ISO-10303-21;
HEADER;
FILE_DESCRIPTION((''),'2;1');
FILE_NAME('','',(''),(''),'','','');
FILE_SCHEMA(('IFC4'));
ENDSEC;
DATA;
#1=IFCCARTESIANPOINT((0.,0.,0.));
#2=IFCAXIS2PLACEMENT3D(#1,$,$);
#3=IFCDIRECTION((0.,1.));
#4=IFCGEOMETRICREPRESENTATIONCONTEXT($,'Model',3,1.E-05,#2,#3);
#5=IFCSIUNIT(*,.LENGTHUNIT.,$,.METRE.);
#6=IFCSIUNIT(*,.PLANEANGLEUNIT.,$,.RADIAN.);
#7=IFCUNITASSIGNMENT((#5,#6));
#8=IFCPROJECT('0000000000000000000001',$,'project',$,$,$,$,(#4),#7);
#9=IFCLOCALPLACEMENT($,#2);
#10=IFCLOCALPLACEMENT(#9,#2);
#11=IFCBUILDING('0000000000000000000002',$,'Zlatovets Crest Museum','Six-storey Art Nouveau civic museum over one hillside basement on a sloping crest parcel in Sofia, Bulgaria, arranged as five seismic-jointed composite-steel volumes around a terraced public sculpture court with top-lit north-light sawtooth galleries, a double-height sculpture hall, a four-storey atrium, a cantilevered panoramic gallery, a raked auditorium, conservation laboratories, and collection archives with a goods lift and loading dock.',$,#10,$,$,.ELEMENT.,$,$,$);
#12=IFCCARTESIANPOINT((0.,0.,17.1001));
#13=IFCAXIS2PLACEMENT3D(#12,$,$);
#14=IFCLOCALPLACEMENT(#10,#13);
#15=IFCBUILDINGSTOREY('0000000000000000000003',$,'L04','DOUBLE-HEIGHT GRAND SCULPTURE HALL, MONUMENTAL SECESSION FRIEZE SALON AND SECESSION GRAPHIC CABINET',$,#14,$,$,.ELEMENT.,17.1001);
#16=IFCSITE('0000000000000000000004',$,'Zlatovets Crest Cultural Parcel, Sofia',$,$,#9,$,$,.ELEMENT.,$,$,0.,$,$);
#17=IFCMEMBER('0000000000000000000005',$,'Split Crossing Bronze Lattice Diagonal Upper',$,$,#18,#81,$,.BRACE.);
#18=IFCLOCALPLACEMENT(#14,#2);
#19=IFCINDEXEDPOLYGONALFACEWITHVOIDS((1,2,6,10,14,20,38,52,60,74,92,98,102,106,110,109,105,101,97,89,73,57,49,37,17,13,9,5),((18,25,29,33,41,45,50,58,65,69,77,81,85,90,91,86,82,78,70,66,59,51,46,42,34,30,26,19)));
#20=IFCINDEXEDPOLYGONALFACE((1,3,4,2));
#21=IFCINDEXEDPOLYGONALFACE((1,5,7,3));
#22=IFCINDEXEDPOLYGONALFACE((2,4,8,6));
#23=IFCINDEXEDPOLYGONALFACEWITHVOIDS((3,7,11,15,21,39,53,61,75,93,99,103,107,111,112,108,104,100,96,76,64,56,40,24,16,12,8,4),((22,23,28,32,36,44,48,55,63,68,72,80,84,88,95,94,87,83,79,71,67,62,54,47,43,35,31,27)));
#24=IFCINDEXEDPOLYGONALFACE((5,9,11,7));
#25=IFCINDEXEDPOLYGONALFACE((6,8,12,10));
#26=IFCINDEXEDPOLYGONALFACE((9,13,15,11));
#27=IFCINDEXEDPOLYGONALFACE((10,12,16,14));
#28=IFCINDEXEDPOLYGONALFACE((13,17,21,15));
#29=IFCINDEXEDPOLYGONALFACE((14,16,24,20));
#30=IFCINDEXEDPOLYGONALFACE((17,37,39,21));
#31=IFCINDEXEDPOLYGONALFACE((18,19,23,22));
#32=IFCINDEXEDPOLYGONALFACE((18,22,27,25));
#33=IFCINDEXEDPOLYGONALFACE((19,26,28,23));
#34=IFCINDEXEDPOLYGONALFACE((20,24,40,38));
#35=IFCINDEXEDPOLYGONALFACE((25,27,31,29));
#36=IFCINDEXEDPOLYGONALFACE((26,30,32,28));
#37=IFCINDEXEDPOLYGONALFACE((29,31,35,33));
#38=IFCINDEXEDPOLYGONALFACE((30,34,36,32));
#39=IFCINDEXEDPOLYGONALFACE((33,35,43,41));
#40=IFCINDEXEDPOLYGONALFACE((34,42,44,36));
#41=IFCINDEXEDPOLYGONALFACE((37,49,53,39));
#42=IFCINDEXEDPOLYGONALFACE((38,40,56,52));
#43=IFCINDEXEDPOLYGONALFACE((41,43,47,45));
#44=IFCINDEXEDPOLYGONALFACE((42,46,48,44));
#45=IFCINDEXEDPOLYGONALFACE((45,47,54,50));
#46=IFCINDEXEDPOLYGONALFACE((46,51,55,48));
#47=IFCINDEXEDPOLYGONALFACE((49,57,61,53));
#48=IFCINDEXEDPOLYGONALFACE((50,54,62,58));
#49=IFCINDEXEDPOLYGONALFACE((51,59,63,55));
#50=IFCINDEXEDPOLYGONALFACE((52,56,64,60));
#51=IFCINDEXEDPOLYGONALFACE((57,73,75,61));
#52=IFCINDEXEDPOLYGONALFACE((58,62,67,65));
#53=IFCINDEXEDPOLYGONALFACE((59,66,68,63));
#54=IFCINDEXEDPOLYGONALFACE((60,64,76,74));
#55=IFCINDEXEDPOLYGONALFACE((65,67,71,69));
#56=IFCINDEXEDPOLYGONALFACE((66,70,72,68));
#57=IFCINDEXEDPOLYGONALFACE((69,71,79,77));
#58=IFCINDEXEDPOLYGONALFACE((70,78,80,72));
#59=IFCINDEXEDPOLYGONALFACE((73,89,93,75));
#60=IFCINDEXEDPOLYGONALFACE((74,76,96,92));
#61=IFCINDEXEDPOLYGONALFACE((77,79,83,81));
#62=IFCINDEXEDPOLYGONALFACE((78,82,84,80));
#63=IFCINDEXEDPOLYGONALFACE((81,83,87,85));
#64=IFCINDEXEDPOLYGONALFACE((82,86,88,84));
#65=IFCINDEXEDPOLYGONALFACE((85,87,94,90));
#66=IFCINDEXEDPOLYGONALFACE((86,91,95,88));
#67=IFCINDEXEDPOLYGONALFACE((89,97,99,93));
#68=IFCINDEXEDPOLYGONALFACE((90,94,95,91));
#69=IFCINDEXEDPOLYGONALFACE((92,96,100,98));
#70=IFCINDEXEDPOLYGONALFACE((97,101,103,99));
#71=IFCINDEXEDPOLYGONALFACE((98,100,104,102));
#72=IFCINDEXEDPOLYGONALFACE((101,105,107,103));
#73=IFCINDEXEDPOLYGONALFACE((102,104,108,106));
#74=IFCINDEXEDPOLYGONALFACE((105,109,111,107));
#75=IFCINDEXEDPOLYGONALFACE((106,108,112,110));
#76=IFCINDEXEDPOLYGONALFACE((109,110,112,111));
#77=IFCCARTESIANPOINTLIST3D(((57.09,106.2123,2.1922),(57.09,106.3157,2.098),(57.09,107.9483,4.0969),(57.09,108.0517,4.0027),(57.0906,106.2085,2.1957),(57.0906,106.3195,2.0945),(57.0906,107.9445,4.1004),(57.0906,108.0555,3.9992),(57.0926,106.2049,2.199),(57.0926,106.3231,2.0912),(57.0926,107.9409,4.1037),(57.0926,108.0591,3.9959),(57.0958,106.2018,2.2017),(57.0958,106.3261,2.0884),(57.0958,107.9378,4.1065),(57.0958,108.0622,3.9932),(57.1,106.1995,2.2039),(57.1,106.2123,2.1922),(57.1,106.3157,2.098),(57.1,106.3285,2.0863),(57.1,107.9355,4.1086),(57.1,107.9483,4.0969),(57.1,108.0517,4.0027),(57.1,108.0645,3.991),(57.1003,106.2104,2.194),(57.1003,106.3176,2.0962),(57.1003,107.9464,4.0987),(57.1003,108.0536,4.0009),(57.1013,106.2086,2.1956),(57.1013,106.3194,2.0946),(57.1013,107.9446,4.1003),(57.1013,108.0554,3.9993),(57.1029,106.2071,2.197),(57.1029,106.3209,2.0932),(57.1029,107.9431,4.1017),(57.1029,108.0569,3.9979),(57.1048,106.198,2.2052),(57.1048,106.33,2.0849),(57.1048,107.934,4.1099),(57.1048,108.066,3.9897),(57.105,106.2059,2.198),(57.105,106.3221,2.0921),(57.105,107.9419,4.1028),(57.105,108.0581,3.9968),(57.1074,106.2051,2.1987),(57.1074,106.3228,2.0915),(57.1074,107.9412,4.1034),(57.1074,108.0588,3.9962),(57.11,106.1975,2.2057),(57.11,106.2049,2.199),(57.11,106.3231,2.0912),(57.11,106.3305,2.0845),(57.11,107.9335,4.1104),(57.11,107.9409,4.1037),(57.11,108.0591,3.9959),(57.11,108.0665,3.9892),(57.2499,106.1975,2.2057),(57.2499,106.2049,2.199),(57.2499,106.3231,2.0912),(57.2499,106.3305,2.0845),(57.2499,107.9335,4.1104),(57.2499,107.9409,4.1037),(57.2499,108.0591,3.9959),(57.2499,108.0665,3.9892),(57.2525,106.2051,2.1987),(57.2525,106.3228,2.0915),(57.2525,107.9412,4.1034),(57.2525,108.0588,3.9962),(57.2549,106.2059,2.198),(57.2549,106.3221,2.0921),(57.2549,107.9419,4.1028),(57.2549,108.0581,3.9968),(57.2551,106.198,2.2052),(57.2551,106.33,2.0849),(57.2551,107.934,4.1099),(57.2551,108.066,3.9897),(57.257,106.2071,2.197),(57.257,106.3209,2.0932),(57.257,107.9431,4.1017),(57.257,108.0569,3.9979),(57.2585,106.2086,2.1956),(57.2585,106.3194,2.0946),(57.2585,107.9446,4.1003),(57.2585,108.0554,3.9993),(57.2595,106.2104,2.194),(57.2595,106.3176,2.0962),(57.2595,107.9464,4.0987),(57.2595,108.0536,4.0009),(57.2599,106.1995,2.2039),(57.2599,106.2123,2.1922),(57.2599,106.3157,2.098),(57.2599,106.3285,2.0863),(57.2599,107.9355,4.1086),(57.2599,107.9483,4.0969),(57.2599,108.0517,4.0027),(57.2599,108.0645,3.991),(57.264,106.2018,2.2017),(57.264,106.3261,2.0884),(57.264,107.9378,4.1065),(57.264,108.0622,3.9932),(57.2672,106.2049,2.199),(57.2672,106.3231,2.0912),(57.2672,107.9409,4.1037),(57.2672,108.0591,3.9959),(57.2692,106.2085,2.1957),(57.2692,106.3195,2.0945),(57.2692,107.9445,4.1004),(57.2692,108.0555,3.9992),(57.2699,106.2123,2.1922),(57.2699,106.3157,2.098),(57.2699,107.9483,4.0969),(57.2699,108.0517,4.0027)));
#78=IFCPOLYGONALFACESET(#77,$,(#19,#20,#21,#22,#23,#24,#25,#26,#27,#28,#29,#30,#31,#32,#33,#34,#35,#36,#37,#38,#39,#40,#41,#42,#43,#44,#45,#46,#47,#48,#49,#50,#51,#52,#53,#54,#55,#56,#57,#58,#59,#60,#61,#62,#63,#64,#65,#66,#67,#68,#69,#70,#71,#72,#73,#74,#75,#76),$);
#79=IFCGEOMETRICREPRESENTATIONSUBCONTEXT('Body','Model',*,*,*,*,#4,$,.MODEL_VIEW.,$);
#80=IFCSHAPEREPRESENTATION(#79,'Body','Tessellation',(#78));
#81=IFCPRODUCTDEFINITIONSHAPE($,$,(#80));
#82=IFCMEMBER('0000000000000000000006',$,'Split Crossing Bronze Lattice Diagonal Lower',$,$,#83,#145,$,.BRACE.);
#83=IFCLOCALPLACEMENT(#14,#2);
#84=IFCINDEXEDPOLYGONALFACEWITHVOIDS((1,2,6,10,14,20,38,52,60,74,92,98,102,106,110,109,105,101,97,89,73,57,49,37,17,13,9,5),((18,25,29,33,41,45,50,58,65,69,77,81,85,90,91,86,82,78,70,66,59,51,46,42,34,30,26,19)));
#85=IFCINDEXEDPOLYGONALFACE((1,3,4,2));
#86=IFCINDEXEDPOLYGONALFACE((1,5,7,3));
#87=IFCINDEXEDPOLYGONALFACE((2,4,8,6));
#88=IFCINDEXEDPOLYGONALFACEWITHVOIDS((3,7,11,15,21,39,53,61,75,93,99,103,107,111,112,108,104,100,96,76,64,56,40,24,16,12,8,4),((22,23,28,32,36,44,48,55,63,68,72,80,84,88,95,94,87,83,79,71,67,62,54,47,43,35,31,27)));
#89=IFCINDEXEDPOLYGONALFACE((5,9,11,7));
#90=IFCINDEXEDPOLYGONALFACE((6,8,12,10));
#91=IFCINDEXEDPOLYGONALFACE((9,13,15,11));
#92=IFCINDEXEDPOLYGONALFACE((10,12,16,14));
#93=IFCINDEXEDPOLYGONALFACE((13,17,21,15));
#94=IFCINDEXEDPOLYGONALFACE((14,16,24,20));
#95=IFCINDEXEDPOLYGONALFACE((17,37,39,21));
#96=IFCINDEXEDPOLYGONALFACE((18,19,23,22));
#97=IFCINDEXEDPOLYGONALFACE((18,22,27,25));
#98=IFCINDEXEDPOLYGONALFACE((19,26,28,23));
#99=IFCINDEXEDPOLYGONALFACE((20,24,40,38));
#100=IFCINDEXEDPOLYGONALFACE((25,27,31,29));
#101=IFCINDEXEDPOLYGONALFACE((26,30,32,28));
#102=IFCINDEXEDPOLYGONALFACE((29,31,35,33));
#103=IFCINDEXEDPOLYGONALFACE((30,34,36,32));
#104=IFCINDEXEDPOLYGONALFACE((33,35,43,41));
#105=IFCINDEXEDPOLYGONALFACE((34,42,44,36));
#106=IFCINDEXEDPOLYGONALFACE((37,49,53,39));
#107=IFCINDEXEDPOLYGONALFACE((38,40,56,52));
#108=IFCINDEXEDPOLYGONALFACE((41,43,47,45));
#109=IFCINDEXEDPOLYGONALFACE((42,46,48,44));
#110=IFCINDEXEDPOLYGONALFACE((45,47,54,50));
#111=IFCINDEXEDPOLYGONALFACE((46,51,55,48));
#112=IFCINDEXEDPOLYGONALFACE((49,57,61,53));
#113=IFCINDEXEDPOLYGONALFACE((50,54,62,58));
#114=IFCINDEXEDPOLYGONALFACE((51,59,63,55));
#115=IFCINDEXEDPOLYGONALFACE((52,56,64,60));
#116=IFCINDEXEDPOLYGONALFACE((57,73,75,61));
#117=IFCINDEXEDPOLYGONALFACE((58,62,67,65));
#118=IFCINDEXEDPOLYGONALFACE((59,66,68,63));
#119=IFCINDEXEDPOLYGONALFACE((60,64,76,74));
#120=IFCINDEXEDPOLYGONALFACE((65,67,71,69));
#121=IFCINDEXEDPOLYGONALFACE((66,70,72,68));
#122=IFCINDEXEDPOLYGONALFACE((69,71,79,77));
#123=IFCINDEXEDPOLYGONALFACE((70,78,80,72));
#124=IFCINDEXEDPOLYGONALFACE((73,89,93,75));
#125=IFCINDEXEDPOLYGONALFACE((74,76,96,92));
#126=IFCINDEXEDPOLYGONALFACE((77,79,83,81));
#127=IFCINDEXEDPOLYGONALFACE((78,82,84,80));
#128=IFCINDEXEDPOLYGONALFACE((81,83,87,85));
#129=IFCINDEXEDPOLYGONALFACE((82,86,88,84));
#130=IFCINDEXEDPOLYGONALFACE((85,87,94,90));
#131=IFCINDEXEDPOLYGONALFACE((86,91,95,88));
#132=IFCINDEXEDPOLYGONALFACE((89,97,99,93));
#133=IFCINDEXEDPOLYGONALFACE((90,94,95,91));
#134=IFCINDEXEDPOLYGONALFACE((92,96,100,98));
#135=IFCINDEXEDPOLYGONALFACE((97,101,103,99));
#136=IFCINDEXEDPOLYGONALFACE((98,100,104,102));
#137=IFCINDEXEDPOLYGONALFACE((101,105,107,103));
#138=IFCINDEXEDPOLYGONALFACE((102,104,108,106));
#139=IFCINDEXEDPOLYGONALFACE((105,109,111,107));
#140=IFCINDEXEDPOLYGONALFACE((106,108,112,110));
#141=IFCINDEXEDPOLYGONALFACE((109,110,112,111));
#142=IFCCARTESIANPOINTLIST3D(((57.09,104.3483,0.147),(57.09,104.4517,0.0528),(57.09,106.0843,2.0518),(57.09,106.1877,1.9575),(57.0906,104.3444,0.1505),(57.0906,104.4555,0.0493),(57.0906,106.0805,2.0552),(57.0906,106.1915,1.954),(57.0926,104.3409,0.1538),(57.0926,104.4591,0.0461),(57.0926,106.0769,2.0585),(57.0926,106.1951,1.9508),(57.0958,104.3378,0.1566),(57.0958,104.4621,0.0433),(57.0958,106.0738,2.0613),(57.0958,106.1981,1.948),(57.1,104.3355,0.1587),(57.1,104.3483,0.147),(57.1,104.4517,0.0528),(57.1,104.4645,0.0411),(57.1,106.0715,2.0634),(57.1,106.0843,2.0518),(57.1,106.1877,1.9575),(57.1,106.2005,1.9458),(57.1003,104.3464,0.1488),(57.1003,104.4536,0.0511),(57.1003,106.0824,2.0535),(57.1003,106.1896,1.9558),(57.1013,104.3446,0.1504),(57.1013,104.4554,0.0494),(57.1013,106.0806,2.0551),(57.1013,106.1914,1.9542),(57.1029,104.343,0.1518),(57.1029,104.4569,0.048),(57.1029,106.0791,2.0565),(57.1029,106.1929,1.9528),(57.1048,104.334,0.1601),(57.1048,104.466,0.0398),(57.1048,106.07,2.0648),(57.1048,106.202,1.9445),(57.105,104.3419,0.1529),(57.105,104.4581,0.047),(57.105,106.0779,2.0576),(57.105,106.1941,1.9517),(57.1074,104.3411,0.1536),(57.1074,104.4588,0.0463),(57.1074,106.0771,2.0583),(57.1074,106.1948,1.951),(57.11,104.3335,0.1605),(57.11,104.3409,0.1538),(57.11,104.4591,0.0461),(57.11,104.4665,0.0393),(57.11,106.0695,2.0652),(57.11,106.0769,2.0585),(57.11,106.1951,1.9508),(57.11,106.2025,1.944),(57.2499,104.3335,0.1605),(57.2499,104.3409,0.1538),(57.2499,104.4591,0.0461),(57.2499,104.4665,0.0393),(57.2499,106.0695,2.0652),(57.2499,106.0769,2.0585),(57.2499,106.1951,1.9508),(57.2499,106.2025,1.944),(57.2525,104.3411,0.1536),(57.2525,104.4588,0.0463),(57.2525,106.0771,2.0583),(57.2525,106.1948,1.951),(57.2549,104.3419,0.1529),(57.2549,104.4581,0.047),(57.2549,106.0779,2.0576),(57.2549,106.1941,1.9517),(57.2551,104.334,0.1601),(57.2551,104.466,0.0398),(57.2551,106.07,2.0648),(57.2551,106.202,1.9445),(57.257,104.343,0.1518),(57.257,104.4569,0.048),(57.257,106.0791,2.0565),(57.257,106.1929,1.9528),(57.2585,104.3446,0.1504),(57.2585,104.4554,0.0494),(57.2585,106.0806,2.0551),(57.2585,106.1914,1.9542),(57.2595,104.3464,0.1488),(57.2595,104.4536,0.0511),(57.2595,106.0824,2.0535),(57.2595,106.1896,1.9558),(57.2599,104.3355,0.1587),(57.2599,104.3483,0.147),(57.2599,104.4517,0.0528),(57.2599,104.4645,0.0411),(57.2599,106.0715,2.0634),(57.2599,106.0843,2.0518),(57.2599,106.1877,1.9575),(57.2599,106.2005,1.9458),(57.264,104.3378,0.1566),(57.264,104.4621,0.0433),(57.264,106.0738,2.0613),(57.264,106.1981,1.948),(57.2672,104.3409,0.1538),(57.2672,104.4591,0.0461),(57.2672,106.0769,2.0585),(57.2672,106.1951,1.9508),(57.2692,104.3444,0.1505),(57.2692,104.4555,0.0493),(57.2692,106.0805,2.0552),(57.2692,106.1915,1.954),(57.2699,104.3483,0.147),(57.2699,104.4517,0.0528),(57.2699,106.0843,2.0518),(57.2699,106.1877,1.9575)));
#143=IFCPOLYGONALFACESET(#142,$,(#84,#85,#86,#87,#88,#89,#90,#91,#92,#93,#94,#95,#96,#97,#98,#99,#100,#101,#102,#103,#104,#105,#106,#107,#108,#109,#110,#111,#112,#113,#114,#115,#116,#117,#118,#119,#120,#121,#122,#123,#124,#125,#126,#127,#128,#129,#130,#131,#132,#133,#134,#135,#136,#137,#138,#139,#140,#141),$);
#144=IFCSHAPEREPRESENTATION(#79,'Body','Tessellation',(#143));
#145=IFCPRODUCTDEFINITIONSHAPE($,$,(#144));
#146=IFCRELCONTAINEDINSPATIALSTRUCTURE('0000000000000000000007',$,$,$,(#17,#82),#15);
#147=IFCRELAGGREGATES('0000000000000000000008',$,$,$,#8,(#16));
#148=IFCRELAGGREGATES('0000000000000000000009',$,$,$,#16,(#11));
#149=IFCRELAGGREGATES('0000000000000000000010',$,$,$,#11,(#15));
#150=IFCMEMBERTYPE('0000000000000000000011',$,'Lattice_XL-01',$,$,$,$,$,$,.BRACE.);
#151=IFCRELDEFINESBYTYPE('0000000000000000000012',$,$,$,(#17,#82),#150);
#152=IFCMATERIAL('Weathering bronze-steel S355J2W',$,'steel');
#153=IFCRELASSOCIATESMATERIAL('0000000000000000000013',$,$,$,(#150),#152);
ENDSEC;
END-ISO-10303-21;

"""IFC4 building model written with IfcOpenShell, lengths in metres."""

from ifc_helpers import new_model, si_unit, direction, frame, origin, origin_2d, place, context, subcontext, project, spatial, hollow_rectangle, extrude, material, material_profile, profile_set, type_object, element, save


model = new_model("IFC4")

# Units and contexts
model_context = context("Model", 3, precision=1e-05, world=origin(), true_north=direction((0.0, 1.0)))
body_context = subcontext(model_context, "Body", "Model", "MODEL_VIEW")
ifc_project = project(units=[si_unit("LENGTHUNIT", "METRE"), si_unit("PLANEANGLEUNIT", "RADIAN")], contexts=[model_context])

# Site, building, storey
site_placement = place(None, origin())
site = spatial("IfcSite", under=ifc_project, at=site_placement, Name="Zlatovets Crest Cultural Parcel, Sofia", CompositionType="ELEMENT", RefElevation=0.0)
building_placement = place(site_placement, origin())
building = spatial("IfcBuilding", under=site, at=building_placement, Name="Zlatovets Crest Museum", Description="Six-storey Art Nouveau civic museum over one hillside basement on a sloping crest parcel in Sofia, Bulgaria, arranged as five seismic-jointed composite-steel volumes around a terraced public sculpture court with top-lit north-light sawtooth galleries, a double-height sculpture hall, a four-storey atrium, a cantilevered panoramic gallery, a raked auditorium, conservation laboratories, and collection archives with a goods lift and loading dock.", CompositionType="ELEMENT")
storey_placement = place(building_placement, frame((0.0, 0.0, 17.1001)))
storey = spatial("IfcBuildingStorey", under=building, at=storey_placement, Name="L04", Description="DOUBLE-HEIGHT GRAND SCULPTURE HALL, MONUMENTAL SECESSION FRIEZE SALON AND SECESSION GRAPHIC CABINET", CompositionType="ELEMENT", Elevation=17.1001)

# Members
ifc_material_1 = material(Name="Weathering bronze-steel S355J2W", Category="steel")
ifc_material_profile_1 = material_profile(ifc_material_1, hollow_rectangle(XDim=0.1799, YDim=0.1799, WallThickness=0.01, InnerFilletRadius=0.01, OuterFilletRadius=0.02, at=origin_2d()), Name="SHS 180x180x10.0")
ifc_profile_set_1 = profile_set([ifc_material_profile_1], Name="Weathering bronze-steel S355J2W")
member_type_1 = type_object("IfcMemberType", Name="Lattice_XL-01", PredefinedType="BRACE", material=ifc_profile_set_1)
for number, where, z_axis, x_axis, name in (
    (1, (57.1799, 108.0, 4.0498), (0.0, -0.67362, -0.739078), (1.0, 0.0, 0.0), "Split Crossing Bronze Lattice Diagonal Upper"),
    (2, (57.1799, 106.136, 2.0046), (0.0, -0.67362, -0.739078), (1.0, 0.0, 0.0), "Split Crossing Bronze Lattice Diagonal Lower"),
):
    element("IfcMember", number, at=place(storey_placement, frame(where, z_axis=z_axis, x_axis=x_axis)), inside=storey, type_object=member_type_1, Name=name, PredefinedType="BRACE", context=body_context, shape_type="SweptSolid", body=[
        extrude(hollow_rectangle(XDim=0.1799, YDim=0.1799, WallThickness=0.01, InnerFilletRadius=0.01, OuterFilletRadius=0.02, at=origin_2d()), origin(), (0.0, 0.0, 1.0), 2.5771),
    ])

save(model, "model.ifc")
